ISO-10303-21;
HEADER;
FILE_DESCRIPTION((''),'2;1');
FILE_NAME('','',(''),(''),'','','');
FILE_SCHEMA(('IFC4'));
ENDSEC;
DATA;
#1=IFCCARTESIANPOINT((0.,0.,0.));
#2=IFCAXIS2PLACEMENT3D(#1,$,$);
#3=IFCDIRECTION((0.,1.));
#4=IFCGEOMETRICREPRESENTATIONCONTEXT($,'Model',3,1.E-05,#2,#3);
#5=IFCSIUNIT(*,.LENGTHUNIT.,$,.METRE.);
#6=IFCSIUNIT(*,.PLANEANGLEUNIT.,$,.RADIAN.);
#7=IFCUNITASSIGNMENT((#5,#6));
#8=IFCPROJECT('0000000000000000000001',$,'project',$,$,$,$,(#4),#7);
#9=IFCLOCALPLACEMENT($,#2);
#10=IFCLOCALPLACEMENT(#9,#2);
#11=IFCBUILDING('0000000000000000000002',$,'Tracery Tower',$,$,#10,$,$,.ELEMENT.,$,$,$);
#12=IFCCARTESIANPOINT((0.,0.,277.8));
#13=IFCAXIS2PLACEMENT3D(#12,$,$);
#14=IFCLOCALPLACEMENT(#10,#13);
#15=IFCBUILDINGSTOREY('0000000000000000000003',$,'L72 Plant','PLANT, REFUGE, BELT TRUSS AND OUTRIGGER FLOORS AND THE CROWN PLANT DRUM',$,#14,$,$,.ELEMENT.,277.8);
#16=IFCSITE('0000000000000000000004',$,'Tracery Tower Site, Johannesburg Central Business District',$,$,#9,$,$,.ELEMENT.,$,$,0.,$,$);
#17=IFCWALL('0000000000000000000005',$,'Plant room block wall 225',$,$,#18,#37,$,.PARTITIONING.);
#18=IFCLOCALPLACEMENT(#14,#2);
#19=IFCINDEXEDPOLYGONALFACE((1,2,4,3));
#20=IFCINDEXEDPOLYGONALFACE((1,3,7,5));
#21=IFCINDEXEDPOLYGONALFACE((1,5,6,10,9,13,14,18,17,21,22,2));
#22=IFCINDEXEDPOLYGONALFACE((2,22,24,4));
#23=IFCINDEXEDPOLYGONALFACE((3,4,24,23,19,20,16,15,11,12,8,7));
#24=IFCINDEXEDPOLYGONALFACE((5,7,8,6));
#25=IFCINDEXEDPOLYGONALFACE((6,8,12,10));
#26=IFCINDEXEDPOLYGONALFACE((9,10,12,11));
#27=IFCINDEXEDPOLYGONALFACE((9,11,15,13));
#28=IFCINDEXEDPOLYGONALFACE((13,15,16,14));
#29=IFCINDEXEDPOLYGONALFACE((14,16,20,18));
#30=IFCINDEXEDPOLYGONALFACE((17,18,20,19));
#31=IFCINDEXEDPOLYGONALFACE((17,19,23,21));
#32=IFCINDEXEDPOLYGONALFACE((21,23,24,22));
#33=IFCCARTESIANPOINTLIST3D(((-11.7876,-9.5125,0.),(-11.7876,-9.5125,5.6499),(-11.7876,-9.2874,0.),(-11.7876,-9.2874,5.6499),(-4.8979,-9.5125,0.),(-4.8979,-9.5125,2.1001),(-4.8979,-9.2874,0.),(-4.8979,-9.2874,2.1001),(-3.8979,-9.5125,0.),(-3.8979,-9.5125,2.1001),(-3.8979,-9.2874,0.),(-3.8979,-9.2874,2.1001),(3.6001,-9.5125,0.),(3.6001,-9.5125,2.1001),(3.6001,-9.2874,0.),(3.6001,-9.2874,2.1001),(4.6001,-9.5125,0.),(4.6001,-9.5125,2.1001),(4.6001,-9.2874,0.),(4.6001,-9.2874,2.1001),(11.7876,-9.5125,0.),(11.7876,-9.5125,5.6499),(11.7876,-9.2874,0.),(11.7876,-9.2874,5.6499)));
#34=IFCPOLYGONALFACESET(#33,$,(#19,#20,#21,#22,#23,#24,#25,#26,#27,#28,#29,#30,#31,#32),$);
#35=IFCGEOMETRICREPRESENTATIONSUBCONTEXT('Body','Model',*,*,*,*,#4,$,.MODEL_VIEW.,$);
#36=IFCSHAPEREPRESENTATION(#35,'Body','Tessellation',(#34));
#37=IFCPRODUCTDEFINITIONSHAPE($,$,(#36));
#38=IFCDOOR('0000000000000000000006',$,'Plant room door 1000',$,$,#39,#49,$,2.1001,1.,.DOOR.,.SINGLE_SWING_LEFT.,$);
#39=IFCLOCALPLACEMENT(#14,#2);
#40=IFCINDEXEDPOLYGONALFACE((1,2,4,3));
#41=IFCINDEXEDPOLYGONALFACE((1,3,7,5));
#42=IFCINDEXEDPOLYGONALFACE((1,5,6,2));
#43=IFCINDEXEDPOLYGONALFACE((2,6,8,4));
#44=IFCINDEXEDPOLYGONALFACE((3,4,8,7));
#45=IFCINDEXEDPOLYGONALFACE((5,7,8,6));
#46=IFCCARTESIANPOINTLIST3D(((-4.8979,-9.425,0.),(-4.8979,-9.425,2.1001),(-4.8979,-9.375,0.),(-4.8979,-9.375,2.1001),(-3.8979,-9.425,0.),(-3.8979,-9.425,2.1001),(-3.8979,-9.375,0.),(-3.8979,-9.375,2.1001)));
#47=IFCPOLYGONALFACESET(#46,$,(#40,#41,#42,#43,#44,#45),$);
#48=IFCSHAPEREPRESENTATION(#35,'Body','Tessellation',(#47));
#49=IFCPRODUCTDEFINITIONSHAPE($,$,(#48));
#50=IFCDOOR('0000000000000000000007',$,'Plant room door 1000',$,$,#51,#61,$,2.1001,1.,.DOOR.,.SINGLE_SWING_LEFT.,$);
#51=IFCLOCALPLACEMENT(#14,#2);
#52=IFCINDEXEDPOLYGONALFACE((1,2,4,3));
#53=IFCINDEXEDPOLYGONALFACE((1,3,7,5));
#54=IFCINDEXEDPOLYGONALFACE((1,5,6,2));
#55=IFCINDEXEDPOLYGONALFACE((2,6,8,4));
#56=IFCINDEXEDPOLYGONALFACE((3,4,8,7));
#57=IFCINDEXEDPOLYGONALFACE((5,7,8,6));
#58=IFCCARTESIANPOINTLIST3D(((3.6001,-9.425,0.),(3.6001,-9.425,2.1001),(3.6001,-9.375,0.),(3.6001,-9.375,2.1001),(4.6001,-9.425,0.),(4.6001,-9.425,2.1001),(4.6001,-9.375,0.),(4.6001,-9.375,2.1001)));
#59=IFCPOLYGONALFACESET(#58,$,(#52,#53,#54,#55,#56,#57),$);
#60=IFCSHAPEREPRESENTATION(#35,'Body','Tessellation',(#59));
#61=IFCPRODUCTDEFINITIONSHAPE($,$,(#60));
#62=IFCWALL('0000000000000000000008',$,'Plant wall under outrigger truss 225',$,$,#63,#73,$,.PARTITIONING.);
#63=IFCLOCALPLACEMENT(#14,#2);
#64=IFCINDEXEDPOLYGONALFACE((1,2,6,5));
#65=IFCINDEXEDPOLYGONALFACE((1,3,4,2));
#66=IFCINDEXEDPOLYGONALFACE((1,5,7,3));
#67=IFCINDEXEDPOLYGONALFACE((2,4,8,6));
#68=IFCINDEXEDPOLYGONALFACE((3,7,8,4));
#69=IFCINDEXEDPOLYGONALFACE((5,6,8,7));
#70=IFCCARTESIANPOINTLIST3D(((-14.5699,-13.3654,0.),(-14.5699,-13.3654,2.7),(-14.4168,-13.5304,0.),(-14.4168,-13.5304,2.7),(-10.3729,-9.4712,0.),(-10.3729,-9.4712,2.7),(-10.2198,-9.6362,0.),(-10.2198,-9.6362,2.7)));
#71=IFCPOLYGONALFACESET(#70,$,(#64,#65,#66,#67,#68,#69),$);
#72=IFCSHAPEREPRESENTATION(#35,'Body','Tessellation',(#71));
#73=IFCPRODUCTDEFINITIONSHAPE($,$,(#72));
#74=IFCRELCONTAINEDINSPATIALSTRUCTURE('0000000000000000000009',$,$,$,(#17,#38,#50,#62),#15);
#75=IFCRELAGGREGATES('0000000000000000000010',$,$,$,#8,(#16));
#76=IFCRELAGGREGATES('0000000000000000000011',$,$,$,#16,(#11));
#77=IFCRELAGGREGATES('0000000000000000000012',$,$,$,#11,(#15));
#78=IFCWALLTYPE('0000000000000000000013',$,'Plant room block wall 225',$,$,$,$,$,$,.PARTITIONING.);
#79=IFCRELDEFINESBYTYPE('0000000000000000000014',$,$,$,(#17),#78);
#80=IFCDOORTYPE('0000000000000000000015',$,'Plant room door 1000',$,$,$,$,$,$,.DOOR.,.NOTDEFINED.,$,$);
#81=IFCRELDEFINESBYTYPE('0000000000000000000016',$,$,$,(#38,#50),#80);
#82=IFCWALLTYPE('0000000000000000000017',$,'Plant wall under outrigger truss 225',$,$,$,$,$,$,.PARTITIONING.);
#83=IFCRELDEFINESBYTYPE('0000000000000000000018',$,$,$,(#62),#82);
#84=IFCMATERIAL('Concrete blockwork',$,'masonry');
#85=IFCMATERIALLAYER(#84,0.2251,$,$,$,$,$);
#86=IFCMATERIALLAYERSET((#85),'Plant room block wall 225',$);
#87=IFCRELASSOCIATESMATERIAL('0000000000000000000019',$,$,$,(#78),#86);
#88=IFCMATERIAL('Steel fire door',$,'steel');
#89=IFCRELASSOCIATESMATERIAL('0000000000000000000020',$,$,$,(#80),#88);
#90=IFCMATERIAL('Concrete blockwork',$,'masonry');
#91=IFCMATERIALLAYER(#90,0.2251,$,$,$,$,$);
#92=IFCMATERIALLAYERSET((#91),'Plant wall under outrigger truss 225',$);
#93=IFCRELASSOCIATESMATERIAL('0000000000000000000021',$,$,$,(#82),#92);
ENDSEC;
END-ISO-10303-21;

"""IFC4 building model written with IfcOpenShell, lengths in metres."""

from ifc_helpers import new_model, si_unit, direction, frame, frame_2d, origin, place, context, subcontext, project, spatial, rectangle, extrude, material, layer, layer_set, type_object, element, fill, save


model = new_model("IFC4")

# Units and contexts
model_context = context("Model", 3, precision=1e-05, world=origin(), true_north=direction((0.0, 1.0)))
body_context = subcontext(model_context, "Body", "Model", "MODEL_VIEW")
ifc_project = project(units=[si_unit("LENGTHUNIT", "METRE"), si_unit("PLANEANGLEUNIT", "RADIAN")], contexts=[model_context])

# Site, building, storey
site_placement = place(None, origin())
site = spatial("IfcSite", under=ifc_project, at=site_placement, Name="Tracery Tower Site, Johannesburg Central Business District", CompositionType="ELEMENT", RefElevation=0.0)
building_placement = place(site_placement, origin())
building = spatial("IfcBuilding", under=site, at=building_placement, Name="Tracery Tower", CompositionType="ELEMENT")
storey_placement = place(building_placement, frame((0.0, 0.0, 277.8)))
storey = spatial("IfcBuildingStorey", under=building, at=storey_placement, Name="L72 Plant", Description="PLANT, REFUGE, BELT TRUSS AND OUTRIGGER FLOORS AND THE CROWN PLANT DRUM", CompositionType="ELEMENT", Elevation=277.8)

# Wall, openings, doors
ifc_material_1 = material(Name="Concrete blockwork", Category="masonry")
ifc_layer_1 = layer(ifc_material_1, 0.2251)
ifc_layer_set_1 = layer_set([ifc_layer_1], Name="Plant room block wall 225")
wall_type_1 = type_object("IfcWallType", Name="Plant room block wall 225", PredefinedType="PARTITIONING", material=ifc_layer_set_1)
wall_1_placement = place(storey_placement, frame((-11.7876, -9.3999, 0.0), z_axis=(0.0, 0.0, 1.0), x_axis=(1.0, 0.0, 0.0)))
wall_1 = element("IfcWall", 1, at=wall_1_placement, inside=storey, type_object=wall_type_1, Name="Plant room block wall 225", PredefinedType="PARTITIONING", context=body_context, shape_type="SweptSolid", body=[
    extrude(rectangle(XDim=23.5752, YDim=0.2251, at=frame_2d((11.7876, 0.0))), origin(), (0.0, 0.0, 1.0), 5.6499),
])
opening_1_placement = place(wall_1_placement, frame((6.8896, 0.0, 0.0)))
opening_1 = element("IfcOpeningElement", 2, at=opening_1_placement, cuts=wall_1, PredefinedType="OPENING", context=body_context, shape_type="SweptSolid", body=[
    extrude(rectangle(XDim=1.0, YDim=2.1001, at=frame_2d((0.5, 1.05))), frame((0.0, 0.1125, 0.0), z_axis=(0.0, -1.0, 0.0), x_axis=(1.0, 0.0, 0.0)), (0.0, 0.0, 1.0), 0.2251),
])
opening_2_placement = place(wall_1_placement, frame((15.3877, 0.0, 0.0)))
opening_2 = element("IfcOpeningElement", 3, at=opening_2_placement, cuts=wall_1, PredefinedType="OPENING", context=body_context, shape_type="SweptSolid", body=[
    extrude(rectangle(XDim=1.0, YDim=2.1001, at=frame_2d((0.5, 1.05))), frame((0.0, 0.1125, 0.0), z_axis=(0.0, -1.0, 0.0), x_axis=(1.0, 0.0, 0.0)), (0.0, 0.0, 1.0), 0.2251),
])
ifc_material_2 = material(Name="Steel fire door", Category="steel")
door_type = type_object("IfcDoorType", Name="Plant room door 1000", OperationType="NOTDEFINED", PredefinedType="DOOR", material=ifc_material_2)
door_1_placement = place(opening_1_placement, origin())
door_1 = element("IfcDoor", 4, at=door_1_placement, inside=storey, type_object=door_type, Name="Plant room door 1000", OperationType="SINGLE_SWING_LEFT", OverallHeight=2.1001, OverallWidth=1.0, PredefinedType="DOOR", context=body_context, shape_type="SweptSolid", body=[
    extrude(rectangle(XDim=1.0, YDim=2.1001, at=frame_2d((0.5, 1.05))), frame((0.0, 0.0249, 0.0), z_axis=(0.0, -1.0, 0.0), x_axis=(1.0, 0.0, 0.0)), (0.0, 0.0, 1.0), 0.05),
])
fill(opening_1, door_1)
door_2_placement = place(opening_2_placement, origin())
door_2 = element("IfcDoor", 5, at=door_2_placement, inside=storey, type_object=door_type, Name="Plant room door 1000", OperationType="SINGLE_SWING_LEFT", OverallHeight=2.1001, OverallWidth=1.0, PredefinedType="DOOR", context=body_context, shape_type="SweptSolid", body=[
    extrude(rectangle(XDim=1.0, YDim=2.1001, at=frame_2d((0.5, 1.05))), frame((0.0, 0.0249, 0.0), z_axis=(0.0, -1.0, 0.0), x_axis=(1.0, 0.0, 0.0)), (0.0, 0.0, 1.0), 0.05),
])
fill(opening_2, door_2)

# Wall
ifc_material_3 = material(Name="Concrete blockwork", Category="masonry")
ifc_layer_2 = layer(ifc_material_3, 0.2251)
ifc_layer_set_2 = layer_set([ifc_layer_2], Name="Plant wall under outrigger truss 225")
wall_type_2 = type_object("IfcWallType", Name="Plant wall under outrigger truss 225", PredefinedType="PARTITIONING", material=ifc_layer_set_2)
wall_2_placement = place(storey_placement, frame((-14.4934, -13.448, 0.0), z_axis=(0.0, 0.0, 1.0), x_axis=(0.73305, 0.680175, 0.0)))
element("IfcWall", 6, at=wall_2_placement, inside=storey, type_object=wall_type_2, Name="Plant wall under outrigger truss 225", PredefinedType="PARTITIONING", context=body_context, shape_type="SweptSolid", body=[
    extrude(rectangle(XDim=5.7253, YDim=0.2251, at=frame_2d((2.8628, 0.0))), origin(), (0.0, 0.0, 1.0), 2.7),
])

save(model, "model.ifc")
